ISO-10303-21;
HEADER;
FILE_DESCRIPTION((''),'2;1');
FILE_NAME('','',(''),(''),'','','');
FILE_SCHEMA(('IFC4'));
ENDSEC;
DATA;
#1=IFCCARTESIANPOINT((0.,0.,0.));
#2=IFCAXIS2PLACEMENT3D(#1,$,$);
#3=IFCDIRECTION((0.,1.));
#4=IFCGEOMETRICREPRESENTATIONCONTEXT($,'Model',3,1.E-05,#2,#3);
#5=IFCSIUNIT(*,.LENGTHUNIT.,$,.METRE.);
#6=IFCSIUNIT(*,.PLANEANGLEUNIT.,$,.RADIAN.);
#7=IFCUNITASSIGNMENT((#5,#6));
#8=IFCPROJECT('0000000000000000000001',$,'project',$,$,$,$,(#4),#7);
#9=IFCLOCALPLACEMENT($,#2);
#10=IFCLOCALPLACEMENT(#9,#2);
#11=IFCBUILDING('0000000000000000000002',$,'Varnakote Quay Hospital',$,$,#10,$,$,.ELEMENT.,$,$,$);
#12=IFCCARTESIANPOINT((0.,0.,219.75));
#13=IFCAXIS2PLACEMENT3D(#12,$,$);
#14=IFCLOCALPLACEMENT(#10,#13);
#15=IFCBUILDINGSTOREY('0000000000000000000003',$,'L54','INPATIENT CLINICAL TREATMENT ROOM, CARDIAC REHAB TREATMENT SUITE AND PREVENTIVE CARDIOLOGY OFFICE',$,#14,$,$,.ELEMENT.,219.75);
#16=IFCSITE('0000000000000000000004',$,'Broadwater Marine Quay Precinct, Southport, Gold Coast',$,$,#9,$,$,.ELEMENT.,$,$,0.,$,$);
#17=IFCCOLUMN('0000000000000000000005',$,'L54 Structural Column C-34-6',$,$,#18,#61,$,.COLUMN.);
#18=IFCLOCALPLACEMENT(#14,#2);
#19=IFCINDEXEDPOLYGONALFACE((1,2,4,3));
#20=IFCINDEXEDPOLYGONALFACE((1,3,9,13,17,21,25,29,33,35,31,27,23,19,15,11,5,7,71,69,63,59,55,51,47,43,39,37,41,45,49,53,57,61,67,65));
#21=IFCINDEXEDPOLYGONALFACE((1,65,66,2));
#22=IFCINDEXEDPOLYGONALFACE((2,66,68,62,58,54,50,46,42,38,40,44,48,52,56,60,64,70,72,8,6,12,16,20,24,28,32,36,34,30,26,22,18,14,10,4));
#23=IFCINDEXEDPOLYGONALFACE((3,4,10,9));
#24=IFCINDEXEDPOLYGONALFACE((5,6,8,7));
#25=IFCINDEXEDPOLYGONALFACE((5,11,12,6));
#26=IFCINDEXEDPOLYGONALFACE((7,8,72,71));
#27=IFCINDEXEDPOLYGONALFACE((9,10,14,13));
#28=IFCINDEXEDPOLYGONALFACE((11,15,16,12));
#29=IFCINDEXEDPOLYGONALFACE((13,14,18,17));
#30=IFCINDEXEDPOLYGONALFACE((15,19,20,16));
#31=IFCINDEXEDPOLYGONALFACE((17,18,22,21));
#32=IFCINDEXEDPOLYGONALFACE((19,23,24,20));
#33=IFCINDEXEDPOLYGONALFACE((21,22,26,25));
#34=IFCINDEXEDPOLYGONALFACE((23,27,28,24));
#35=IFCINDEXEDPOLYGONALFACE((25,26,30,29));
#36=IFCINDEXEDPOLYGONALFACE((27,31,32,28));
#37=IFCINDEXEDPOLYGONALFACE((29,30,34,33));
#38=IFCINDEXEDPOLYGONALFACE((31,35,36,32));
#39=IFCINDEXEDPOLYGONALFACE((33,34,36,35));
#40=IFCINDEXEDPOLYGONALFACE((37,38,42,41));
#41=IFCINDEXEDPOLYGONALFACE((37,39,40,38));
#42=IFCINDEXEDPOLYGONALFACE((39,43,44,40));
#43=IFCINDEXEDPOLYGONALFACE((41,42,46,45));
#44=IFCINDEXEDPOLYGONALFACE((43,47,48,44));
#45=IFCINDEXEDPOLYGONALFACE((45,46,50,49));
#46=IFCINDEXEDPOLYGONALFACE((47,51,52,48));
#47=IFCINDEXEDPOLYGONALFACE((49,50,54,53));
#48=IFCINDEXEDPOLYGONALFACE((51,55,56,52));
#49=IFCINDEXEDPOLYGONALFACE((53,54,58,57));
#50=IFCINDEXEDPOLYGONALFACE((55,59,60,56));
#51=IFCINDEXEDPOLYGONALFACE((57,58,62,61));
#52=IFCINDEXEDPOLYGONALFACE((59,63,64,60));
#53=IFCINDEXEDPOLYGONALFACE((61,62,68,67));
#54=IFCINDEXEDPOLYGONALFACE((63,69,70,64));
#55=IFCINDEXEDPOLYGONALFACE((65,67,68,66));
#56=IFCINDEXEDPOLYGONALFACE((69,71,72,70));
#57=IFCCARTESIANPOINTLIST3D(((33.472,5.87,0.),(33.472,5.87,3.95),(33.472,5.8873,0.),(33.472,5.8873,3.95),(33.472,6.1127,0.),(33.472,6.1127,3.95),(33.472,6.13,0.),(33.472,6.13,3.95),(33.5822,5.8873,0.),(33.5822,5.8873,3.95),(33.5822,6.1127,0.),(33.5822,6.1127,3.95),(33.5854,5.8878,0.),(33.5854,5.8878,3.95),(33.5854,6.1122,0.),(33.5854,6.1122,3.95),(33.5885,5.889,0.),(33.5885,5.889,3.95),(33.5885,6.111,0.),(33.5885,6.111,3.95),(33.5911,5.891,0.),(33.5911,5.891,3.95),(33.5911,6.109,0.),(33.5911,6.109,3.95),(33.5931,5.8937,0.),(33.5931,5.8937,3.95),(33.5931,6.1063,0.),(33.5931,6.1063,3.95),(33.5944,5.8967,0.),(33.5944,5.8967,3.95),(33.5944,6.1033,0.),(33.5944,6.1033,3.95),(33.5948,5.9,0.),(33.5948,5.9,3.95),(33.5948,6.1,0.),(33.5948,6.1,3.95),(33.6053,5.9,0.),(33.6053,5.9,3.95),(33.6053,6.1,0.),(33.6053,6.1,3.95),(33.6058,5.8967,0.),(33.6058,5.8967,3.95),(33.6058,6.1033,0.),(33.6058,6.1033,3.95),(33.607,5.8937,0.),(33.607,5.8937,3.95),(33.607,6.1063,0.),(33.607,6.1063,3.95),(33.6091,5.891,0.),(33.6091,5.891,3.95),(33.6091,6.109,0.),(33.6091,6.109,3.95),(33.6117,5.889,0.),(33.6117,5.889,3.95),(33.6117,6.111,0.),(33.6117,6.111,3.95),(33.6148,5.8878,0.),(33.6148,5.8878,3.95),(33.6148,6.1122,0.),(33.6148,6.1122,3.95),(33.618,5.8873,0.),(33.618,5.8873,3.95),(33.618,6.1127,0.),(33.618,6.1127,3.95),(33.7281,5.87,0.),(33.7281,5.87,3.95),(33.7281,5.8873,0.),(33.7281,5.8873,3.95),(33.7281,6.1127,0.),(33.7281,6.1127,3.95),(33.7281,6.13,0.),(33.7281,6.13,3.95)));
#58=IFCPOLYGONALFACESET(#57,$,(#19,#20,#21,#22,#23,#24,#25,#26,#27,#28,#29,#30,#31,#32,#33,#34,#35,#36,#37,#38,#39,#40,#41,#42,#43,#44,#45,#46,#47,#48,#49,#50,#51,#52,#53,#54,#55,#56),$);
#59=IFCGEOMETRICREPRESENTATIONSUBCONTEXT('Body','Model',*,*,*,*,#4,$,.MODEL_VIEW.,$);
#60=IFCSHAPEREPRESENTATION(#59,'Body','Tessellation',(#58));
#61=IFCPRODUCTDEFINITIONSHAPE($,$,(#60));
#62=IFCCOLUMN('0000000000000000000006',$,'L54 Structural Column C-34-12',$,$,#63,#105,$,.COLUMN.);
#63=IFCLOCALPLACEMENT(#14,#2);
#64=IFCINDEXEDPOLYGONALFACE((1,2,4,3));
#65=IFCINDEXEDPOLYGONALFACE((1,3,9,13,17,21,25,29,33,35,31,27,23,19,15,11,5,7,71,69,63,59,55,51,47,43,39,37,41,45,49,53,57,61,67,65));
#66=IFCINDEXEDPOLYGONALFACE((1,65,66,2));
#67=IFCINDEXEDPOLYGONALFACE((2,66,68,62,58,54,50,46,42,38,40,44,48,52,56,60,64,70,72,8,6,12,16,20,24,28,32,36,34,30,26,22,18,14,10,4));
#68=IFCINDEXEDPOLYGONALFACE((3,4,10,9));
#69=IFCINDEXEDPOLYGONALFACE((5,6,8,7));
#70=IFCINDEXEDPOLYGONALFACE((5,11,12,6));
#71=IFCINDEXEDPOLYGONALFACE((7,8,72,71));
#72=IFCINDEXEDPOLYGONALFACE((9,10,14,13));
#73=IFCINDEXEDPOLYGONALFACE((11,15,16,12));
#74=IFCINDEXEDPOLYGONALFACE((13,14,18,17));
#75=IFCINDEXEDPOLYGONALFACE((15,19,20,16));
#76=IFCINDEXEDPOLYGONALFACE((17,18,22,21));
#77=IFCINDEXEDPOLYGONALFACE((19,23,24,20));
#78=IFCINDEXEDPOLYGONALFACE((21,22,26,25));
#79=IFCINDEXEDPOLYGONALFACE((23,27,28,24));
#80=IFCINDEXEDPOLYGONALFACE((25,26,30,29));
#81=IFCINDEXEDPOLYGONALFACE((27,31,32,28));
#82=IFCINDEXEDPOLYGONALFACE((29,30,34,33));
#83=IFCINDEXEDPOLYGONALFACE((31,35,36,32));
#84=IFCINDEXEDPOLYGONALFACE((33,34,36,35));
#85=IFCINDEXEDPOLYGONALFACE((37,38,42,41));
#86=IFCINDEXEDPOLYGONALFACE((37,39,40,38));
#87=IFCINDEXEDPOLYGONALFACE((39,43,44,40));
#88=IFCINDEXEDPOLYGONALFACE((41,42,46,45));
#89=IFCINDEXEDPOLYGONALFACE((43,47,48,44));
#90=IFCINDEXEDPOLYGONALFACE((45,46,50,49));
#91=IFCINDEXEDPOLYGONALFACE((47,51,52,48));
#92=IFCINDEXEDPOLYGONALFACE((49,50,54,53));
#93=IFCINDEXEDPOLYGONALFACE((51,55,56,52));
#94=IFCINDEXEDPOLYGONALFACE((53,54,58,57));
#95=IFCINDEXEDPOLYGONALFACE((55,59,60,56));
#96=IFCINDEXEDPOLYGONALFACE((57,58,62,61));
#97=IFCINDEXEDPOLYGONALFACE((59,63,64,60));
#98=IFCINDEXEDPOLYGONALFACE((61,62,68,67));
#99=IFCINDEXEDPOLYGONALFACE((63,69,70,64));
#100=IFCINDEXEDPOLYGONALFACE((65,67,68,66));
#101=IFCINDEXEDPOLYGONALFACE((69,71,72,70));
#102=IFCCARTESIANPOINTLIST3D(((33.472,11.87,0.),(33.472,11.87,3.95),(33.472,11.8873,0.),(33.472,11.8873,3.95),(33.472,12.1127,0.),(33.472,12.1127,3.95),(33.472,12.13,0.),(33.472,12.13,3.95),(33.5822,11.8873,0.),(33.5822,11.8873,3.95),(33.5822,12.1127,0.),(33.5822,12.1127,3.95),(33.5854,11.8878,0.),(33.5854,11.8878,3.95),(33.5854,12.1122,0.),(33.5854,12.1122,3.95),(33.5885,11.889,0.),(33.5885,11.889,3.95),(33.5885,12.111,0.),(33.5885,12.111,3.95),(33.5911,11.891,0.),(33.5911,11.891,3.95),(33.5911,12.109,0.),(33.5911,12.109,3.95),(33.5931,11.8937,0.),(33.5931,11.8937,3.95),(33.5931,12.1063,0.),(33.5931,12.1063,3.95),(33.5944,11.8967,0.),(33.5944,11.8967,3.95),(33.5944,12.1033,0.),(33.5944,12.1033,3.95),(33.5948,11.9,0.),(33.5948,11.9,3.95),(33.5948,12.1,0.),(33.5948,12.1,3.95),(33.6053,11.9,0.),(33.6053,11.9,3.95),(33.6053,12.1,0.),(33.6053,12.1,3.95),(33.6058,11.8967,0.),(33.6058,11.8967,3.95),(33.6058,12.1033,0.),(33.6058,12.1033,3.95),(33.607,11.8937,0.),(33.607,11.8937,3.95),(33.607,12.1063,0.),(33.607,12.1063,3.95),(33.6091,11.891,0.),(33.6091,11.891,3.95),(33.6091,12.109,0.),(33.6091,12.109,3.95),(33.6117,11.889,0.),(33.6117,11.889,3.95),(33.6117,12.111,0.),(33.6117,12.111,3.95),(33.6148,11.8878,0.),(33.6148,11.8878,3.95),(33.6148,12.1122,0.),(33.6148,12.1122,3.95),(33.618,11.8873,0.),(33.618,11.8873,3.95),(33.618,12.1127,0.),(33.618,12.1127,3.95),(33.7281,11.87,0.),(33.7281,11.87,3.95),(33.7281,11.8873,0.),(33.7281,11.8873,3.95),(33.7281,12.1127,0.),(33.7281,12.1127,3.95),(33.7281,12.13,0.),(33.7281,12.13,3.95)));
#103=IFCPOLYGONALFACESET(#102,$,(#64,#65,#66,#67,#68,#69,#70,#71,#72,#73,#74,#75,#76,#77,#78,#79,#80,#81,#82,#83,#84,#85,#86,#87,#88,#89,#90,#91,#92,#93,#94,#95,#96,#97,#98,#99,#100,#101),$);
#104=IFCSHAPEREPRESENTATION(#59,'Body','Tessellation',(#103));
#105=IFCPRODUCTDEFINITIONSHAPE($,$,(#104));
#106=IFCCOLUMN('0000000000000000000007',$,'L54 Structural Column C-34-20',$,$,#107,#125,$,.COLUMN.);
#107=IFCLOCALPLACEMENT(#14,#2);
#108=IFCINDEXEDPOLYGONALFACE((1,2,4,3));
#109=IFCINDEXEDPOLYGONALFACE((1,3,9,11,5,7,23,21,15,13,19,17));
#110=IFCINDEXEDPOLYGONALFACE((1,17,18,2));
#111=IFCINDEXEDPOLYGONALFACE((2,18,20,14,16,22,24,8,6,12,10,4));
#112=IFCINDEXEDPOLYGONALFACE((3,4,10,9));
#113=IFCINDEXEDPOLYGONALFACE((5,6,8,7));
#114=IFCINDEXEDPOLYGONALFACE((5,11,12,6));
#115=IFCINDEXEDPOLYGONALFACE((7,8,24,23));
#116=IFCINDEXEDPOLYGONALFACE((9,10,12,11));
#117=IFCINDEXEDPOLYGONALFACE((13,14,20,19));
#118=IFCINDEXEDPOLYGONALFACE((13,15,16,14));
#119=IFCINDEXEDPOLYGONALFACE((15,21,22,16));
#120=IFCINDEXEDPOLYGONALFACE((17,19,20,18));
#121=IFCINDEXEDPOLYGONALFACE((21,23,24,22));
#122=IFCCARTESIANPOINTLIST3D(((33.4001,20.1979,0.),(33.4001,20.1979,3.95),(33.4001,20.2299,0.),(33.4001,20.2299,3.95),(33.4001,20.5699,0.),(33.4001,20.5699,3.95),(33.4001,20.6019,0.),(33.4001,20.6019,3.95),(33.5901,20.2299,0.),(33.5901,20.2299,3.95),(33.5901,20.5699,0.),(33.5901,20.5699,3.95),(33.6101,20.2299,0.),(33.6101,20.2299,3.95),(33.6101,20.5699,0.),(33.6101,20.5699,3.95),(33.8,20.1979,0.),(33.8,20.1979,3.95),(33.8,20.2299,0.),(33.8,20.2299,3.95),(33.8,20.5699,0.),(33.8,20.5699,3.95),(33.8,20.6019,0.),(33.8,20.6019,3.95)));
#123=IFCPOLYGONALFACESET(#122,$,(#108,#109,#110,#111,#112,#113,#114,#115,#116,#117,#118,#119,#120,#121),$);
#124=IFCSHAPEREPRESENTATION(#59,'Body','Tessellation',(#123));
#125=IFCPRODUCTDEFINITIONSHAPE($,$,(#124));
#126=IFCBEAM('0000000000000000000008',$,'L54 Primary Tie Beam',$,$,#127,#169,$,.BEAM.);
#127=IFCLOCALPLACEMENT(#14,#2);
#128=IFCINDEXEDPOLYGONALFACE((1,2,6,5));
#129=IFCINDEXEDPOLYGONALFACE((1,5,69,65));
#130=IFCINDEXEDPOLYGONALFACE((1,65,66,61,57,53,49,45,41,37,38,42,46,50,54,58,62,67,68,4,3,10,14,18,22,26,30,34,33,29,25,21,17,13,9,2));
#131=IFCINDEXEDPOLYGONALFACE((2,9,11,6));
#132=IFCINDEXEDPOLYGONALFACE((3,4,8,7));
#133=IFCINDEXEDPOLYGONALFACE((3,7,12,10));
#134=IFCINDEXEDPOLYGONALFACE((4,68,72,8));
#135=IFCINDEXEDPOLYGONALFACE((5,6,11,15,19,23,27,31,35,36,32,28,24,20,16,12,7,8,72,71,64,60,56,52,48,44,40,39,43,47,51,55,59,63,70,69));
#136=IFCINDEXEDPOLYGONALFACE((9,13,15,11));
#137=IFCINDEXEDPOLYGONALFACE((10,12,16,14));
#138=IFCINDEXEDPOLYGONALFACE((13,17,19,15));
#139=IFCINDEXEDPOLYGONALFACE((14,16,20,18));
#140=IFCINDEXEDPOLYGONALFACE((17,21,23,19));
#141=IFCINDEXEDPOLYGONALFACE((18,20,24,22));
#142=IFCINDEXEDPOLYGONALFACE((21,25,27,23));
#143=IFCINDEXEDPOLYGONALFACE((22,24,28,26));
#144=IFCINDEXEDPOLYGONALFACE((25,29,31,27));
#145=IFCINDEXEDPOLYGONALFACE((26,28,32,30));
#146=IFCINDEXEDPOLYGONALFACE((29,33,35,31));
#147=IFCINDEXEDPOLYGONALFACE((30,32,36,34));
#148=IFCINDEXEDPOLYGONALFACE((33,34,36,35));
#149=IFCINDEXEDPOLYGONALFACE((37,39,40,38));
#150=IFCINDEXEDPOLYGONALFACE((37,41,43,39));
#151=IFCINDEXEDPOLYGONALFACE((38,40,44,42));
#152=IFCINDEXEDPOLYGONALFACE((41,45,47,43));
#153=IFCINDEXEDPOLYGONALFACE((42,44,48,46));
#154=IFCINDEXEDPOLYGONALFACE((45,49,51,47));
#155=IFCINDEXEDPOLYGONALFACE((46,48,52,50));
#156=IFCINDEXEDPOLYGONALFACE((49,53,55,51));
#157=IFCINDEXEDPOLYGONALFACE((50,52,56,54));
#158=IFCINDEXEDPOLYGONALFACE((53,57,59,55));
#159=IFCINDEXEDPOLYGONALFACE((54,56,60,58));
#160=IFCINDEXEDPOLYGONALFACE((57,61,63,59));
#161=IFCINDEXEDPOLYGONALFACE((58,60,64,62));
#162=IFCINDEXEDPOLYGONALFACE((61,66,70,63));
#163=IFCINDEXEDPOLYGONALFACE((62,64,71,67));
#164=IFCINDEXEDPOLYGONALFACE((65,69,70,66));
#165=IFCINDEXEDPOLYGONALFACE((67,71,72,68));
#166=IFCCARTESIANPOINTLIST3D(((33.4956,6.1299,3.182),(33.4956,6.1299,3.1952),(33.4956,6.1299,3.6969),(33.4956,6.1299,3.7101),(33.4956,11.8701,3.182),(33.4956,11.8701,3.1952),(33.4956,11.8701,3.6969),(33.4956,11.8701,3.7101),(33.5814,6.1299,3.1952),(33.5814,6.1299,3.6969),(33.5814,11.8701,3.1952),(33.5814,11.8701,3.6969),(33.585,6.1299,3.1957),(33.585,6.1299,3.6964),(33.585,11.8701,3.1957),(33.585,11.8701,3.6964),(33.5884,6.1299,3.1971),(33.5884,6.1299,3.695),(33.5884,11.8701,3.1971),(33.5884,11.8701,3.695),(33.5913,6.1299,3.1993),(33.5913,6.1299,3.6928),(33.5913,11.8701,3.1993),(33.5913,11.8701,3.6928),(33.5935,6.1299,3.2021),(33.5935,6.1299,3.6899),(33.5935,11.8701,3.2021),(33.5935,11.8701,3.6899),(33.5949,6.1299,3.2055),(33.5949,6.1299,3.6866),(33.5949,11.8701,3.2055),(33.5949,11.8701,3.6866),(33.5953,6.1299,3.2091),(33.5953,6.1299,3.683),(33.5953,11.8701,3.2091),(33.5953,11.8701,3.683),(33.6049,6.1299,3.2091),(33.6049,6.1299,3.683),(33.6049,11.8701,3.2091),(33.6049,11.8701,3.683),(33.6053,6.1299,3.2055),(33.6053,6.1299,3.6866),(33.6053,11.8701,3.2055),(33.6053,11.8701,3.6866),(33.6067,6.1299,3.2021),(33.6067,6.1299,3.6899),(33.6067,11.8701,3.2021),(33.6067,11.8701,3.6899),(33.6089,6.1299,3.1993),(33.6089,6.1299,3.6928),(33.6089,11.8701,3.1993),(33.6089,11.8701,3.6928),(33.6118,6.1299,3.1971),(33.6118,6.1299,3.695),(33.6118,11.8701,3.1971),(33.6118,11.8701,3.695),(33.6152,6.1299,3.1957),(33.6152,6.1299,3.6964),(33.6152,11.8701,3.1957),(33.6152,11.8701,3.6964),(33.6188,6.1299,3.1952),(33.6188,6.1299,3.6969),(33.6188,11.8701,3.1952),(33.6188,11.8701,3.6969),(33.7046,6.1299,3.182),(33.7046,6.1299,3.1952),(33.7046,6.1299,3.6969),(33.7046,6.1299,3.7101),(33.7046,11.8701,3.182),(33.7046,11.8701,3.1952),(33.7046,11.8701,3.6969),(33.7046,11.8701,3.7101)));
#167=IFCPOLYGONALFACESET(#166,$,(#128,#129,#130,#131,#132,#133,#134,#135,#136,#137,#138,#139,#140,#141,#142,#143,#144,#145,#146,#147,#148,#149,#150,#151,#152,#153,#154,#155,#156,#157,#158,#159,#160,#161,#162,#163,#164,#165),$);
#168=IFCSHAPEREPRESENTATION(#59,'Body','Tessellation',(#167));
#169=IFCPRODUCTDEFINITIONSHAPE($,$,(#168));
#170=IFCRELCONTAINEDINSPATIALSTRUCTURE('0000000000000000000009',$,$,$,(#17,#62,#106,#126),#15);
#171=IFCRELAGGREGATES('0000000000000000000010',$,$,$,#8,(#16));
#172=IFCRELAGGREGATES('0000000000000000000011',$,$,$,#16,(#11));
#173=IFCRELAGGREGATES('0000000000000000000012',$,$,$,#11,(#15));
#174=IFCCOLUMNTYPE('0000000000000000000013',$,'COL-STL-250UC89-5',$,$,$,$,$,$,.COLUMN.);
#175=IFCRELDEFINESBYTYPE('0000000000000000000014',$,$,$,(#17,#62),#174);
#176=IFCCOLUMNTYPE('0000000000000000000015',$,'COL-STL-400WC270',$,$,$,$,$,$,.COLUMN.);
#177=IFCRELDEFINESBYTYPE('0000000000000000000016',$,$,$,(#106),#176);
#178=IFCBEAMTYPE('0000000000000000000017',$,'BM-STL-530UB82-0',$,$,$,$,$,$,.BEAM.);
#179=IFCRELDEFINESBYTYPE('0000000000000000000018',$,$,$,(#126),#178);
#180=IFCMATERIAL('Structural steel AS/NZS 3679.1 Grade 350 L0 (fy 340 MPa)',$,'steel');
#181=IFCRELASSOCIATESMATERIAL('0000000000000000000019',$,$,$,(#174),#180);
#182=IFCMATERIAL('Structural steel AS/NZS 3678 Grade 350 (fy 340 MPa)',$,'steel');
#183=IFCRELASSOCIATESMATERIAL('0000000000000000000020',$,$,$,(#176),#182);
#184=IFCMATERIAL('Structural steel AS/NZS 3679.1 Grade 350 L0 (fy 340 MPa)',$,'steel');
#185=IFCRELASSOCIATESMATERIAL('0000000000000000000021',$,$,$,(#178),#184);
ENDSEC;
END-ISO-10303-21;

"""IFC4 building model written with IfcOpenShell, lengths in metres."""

from ifc_helpers import new_model, si_unit, direction, frame, origin, origin_2d, place, context, subcontext, project, spatial, i_section, extrude, material, material_profile, profile_set, type_object, element, save


model = new_model("IFC4")

# Units and contexts
model_context = context("Model", 3, precision=1e-05, world=origin(), true_north=direction((0.0, 1.0)))
body_context = subcontext(model_context, "Body", "Model", "MODEL_VIEW")
ifc_project = project(units=[si_unit("LENGTHUNIT", "METRE"), si_unit("PLANEANGLEUNIT", "RADIAN")], contexts=[model_context])

# Site, building, storey
site_placement = place(None, origin())
site = spatial("IfcSite", under=ifc_project, at=site_placement, Name="Broadwater Marine Quay Precinct, Southport, Gold Coast", CompositionType="ELEMENT", RefElevation=0.0)
building_placement = place(site_placement, origin())
building = spatial("IfcBuilding", under=site, at=building_placement, Name="Varnakote Quay Hospital", CompositionType="ELEMENT")
storey_placement = place(building_placement, frame((0.0, 0.0, 219.75)))
storey = spatial("IfcBuildingStorey", under=building, at=storey_placement, Name="L54", Description="INPATIENT CLINICAL TREATMENT ROOM, CARDIAC REHAB TREATMENT SUITE AND PREVENTIVE CARDIOLOGY OFFICE", CompositionType="ELEMENT", Elevation=219.75)

# Columns
ifc_material_1 = material(Name="Structural steel AS/NZS 3679.1 Grade 350 L0 (fy 340 MPa)", Category="steel")
ifc_material_profile_1 = material_profile(ifc_material_1, i_section(OverallWidth=0.2561, OverallDepth=0.26, WebThickness=0.0105, FlangeThickness=0.0173, FilletRadius=0.0127, at=origin_2d()), Name="250UC89.5")
ifc_profile_set_1 = profile_set([ifc_material_profile_1], Name="Structural steel AS/NZS 3679.1 Grade 350 L0 (fy 340 MPa)")
column_type_1 = type_object("IfcColumnType", Name="COL-STL-250UC89-5", PredefinedType="COLUMN", material=ifc_profile_set_1)
for number, where, z_axis, x_axis, name in (
    (1, (33.6001, 6.0, 0.0), (0.0, 0.0, 1.0), (1.0, 0.0, 0.0), "L54 Structural Column C-34-6"),
    (2, (33.6001, 12.0, 0.0), (0.0, 0.0, 1.0), (1.0, 0.0, 0.0), "L54 Structural Column C-34-12"),
):
    element("IfcColumn", number, at=place(storey_placement, frame(where, z_axis=z_axis, x_axis=x_axis)), inside=storey, type_object=column_type_1, Name=name, PredefinedType="COLUMN", context=body_context, shape_type="SweptSolid", body=[
        extrude(i_section(OverallWidth=0.2561, OverallDepth=0.26, WebThickness=0.0105, FlangeThickness=0.0173, FilletRadius=0.0127, at=origin_2d()), origin(), (0.0, 0.0, 1.0), 3.95),
    ])
ifc_material_2 = material(Name="Structural steel AS/NZS 3678 Grade 350 (fy 340 MPa)", Category="steel")
ifc_material_profile_2 = material_profile(ifc_material_2, i_section(OverallWidth=0.3999, OverallDepth=0.4041, WebThickness=0.02, FlangeThickness=0.032, at=origin_2d()), Name="400WC270")
ifc_profile_set_2 = profile_set([ifc_material_profile_2], Name="Structural steel AS/NZS 3678 Grade 350 (fy 340 MPa)")
column_type_2 = type_object("IfcColumnType", Name="COL-STL-400WC270", PredefinedType="COLUMN", material=ifc_profile_set_2)
column_placement = place(storey_placement, frame((33.6001, 20.3999, 0.0), z_axis=(0.0, 0.0, 1.0), x_axis=(1.0, 0.0, 0.0)))
element("IfcColumn", 3, at=column_placement, inside=storey, type_object=column_type_2, Name="L54 Structural Column C-34-20", PredefinedType="COLUMN", context=body_context, shape_type="SweptSolid", body=[
    extrude(i_section(OverallWidth=0.3999, OverallDepth=0.4041, WebThickness=0.02, FlangeThickness=0.032, at=origin_2d()), origin(), (0.0, 0.0, 1.0), 3.95),
])

# Beam
ifc_material_3 = material(Name="Structural steel AS/NZS 3679.1 Grade 350 L0 (fy 340 MPa)", Category="steel")
ifc_material_profile_3 = material_profile(ifc_material_3, i_section(OverallWidth=0.209, OverallDepth=0.5281, WebThickness=0.0095, FlangeThickness=0.0132, FilletRadius=0.0139, at=origin_2d()), Name="530UB82.0")
ifc_profile_set_3 = profile_set([ifc_material_profile_3], Name="Structural steel AS/NZS 3679.1 Grade 350 L0 (fy 340 MPa)")
beam_type_1 = type_object("IfcBeamType", Name="BM-STL-530UB82-0", PredefinedType="BEAM", material=ifc_profile_set_3)
beam_1_placement = place(storey_placement, frame((33.6001, 6.1299, 3.446), z_axis=(0.0, 1.0, 0.0), x_axis=(-1.0, 0.0, 0.0)))
element("IfcBeam", 4, at=beam_1_placement, inside=storey, type_object=beam_type_1, Name="L54 Primary Tie Beam", PredefinedType="BEAM", context=body_context, shape_type="SweptSolid", body=[
    extrude(i_section(OverallWidth=0.209, OverallDepth=0.5281, WebThickness=0.0095, FlangeThickness=0.0132, FilletRadius=0.0139, at=origin_2d()), origin(), (0.0, 0.0, 1.0), 5.7402),
])

save(model, "model.ifc")
